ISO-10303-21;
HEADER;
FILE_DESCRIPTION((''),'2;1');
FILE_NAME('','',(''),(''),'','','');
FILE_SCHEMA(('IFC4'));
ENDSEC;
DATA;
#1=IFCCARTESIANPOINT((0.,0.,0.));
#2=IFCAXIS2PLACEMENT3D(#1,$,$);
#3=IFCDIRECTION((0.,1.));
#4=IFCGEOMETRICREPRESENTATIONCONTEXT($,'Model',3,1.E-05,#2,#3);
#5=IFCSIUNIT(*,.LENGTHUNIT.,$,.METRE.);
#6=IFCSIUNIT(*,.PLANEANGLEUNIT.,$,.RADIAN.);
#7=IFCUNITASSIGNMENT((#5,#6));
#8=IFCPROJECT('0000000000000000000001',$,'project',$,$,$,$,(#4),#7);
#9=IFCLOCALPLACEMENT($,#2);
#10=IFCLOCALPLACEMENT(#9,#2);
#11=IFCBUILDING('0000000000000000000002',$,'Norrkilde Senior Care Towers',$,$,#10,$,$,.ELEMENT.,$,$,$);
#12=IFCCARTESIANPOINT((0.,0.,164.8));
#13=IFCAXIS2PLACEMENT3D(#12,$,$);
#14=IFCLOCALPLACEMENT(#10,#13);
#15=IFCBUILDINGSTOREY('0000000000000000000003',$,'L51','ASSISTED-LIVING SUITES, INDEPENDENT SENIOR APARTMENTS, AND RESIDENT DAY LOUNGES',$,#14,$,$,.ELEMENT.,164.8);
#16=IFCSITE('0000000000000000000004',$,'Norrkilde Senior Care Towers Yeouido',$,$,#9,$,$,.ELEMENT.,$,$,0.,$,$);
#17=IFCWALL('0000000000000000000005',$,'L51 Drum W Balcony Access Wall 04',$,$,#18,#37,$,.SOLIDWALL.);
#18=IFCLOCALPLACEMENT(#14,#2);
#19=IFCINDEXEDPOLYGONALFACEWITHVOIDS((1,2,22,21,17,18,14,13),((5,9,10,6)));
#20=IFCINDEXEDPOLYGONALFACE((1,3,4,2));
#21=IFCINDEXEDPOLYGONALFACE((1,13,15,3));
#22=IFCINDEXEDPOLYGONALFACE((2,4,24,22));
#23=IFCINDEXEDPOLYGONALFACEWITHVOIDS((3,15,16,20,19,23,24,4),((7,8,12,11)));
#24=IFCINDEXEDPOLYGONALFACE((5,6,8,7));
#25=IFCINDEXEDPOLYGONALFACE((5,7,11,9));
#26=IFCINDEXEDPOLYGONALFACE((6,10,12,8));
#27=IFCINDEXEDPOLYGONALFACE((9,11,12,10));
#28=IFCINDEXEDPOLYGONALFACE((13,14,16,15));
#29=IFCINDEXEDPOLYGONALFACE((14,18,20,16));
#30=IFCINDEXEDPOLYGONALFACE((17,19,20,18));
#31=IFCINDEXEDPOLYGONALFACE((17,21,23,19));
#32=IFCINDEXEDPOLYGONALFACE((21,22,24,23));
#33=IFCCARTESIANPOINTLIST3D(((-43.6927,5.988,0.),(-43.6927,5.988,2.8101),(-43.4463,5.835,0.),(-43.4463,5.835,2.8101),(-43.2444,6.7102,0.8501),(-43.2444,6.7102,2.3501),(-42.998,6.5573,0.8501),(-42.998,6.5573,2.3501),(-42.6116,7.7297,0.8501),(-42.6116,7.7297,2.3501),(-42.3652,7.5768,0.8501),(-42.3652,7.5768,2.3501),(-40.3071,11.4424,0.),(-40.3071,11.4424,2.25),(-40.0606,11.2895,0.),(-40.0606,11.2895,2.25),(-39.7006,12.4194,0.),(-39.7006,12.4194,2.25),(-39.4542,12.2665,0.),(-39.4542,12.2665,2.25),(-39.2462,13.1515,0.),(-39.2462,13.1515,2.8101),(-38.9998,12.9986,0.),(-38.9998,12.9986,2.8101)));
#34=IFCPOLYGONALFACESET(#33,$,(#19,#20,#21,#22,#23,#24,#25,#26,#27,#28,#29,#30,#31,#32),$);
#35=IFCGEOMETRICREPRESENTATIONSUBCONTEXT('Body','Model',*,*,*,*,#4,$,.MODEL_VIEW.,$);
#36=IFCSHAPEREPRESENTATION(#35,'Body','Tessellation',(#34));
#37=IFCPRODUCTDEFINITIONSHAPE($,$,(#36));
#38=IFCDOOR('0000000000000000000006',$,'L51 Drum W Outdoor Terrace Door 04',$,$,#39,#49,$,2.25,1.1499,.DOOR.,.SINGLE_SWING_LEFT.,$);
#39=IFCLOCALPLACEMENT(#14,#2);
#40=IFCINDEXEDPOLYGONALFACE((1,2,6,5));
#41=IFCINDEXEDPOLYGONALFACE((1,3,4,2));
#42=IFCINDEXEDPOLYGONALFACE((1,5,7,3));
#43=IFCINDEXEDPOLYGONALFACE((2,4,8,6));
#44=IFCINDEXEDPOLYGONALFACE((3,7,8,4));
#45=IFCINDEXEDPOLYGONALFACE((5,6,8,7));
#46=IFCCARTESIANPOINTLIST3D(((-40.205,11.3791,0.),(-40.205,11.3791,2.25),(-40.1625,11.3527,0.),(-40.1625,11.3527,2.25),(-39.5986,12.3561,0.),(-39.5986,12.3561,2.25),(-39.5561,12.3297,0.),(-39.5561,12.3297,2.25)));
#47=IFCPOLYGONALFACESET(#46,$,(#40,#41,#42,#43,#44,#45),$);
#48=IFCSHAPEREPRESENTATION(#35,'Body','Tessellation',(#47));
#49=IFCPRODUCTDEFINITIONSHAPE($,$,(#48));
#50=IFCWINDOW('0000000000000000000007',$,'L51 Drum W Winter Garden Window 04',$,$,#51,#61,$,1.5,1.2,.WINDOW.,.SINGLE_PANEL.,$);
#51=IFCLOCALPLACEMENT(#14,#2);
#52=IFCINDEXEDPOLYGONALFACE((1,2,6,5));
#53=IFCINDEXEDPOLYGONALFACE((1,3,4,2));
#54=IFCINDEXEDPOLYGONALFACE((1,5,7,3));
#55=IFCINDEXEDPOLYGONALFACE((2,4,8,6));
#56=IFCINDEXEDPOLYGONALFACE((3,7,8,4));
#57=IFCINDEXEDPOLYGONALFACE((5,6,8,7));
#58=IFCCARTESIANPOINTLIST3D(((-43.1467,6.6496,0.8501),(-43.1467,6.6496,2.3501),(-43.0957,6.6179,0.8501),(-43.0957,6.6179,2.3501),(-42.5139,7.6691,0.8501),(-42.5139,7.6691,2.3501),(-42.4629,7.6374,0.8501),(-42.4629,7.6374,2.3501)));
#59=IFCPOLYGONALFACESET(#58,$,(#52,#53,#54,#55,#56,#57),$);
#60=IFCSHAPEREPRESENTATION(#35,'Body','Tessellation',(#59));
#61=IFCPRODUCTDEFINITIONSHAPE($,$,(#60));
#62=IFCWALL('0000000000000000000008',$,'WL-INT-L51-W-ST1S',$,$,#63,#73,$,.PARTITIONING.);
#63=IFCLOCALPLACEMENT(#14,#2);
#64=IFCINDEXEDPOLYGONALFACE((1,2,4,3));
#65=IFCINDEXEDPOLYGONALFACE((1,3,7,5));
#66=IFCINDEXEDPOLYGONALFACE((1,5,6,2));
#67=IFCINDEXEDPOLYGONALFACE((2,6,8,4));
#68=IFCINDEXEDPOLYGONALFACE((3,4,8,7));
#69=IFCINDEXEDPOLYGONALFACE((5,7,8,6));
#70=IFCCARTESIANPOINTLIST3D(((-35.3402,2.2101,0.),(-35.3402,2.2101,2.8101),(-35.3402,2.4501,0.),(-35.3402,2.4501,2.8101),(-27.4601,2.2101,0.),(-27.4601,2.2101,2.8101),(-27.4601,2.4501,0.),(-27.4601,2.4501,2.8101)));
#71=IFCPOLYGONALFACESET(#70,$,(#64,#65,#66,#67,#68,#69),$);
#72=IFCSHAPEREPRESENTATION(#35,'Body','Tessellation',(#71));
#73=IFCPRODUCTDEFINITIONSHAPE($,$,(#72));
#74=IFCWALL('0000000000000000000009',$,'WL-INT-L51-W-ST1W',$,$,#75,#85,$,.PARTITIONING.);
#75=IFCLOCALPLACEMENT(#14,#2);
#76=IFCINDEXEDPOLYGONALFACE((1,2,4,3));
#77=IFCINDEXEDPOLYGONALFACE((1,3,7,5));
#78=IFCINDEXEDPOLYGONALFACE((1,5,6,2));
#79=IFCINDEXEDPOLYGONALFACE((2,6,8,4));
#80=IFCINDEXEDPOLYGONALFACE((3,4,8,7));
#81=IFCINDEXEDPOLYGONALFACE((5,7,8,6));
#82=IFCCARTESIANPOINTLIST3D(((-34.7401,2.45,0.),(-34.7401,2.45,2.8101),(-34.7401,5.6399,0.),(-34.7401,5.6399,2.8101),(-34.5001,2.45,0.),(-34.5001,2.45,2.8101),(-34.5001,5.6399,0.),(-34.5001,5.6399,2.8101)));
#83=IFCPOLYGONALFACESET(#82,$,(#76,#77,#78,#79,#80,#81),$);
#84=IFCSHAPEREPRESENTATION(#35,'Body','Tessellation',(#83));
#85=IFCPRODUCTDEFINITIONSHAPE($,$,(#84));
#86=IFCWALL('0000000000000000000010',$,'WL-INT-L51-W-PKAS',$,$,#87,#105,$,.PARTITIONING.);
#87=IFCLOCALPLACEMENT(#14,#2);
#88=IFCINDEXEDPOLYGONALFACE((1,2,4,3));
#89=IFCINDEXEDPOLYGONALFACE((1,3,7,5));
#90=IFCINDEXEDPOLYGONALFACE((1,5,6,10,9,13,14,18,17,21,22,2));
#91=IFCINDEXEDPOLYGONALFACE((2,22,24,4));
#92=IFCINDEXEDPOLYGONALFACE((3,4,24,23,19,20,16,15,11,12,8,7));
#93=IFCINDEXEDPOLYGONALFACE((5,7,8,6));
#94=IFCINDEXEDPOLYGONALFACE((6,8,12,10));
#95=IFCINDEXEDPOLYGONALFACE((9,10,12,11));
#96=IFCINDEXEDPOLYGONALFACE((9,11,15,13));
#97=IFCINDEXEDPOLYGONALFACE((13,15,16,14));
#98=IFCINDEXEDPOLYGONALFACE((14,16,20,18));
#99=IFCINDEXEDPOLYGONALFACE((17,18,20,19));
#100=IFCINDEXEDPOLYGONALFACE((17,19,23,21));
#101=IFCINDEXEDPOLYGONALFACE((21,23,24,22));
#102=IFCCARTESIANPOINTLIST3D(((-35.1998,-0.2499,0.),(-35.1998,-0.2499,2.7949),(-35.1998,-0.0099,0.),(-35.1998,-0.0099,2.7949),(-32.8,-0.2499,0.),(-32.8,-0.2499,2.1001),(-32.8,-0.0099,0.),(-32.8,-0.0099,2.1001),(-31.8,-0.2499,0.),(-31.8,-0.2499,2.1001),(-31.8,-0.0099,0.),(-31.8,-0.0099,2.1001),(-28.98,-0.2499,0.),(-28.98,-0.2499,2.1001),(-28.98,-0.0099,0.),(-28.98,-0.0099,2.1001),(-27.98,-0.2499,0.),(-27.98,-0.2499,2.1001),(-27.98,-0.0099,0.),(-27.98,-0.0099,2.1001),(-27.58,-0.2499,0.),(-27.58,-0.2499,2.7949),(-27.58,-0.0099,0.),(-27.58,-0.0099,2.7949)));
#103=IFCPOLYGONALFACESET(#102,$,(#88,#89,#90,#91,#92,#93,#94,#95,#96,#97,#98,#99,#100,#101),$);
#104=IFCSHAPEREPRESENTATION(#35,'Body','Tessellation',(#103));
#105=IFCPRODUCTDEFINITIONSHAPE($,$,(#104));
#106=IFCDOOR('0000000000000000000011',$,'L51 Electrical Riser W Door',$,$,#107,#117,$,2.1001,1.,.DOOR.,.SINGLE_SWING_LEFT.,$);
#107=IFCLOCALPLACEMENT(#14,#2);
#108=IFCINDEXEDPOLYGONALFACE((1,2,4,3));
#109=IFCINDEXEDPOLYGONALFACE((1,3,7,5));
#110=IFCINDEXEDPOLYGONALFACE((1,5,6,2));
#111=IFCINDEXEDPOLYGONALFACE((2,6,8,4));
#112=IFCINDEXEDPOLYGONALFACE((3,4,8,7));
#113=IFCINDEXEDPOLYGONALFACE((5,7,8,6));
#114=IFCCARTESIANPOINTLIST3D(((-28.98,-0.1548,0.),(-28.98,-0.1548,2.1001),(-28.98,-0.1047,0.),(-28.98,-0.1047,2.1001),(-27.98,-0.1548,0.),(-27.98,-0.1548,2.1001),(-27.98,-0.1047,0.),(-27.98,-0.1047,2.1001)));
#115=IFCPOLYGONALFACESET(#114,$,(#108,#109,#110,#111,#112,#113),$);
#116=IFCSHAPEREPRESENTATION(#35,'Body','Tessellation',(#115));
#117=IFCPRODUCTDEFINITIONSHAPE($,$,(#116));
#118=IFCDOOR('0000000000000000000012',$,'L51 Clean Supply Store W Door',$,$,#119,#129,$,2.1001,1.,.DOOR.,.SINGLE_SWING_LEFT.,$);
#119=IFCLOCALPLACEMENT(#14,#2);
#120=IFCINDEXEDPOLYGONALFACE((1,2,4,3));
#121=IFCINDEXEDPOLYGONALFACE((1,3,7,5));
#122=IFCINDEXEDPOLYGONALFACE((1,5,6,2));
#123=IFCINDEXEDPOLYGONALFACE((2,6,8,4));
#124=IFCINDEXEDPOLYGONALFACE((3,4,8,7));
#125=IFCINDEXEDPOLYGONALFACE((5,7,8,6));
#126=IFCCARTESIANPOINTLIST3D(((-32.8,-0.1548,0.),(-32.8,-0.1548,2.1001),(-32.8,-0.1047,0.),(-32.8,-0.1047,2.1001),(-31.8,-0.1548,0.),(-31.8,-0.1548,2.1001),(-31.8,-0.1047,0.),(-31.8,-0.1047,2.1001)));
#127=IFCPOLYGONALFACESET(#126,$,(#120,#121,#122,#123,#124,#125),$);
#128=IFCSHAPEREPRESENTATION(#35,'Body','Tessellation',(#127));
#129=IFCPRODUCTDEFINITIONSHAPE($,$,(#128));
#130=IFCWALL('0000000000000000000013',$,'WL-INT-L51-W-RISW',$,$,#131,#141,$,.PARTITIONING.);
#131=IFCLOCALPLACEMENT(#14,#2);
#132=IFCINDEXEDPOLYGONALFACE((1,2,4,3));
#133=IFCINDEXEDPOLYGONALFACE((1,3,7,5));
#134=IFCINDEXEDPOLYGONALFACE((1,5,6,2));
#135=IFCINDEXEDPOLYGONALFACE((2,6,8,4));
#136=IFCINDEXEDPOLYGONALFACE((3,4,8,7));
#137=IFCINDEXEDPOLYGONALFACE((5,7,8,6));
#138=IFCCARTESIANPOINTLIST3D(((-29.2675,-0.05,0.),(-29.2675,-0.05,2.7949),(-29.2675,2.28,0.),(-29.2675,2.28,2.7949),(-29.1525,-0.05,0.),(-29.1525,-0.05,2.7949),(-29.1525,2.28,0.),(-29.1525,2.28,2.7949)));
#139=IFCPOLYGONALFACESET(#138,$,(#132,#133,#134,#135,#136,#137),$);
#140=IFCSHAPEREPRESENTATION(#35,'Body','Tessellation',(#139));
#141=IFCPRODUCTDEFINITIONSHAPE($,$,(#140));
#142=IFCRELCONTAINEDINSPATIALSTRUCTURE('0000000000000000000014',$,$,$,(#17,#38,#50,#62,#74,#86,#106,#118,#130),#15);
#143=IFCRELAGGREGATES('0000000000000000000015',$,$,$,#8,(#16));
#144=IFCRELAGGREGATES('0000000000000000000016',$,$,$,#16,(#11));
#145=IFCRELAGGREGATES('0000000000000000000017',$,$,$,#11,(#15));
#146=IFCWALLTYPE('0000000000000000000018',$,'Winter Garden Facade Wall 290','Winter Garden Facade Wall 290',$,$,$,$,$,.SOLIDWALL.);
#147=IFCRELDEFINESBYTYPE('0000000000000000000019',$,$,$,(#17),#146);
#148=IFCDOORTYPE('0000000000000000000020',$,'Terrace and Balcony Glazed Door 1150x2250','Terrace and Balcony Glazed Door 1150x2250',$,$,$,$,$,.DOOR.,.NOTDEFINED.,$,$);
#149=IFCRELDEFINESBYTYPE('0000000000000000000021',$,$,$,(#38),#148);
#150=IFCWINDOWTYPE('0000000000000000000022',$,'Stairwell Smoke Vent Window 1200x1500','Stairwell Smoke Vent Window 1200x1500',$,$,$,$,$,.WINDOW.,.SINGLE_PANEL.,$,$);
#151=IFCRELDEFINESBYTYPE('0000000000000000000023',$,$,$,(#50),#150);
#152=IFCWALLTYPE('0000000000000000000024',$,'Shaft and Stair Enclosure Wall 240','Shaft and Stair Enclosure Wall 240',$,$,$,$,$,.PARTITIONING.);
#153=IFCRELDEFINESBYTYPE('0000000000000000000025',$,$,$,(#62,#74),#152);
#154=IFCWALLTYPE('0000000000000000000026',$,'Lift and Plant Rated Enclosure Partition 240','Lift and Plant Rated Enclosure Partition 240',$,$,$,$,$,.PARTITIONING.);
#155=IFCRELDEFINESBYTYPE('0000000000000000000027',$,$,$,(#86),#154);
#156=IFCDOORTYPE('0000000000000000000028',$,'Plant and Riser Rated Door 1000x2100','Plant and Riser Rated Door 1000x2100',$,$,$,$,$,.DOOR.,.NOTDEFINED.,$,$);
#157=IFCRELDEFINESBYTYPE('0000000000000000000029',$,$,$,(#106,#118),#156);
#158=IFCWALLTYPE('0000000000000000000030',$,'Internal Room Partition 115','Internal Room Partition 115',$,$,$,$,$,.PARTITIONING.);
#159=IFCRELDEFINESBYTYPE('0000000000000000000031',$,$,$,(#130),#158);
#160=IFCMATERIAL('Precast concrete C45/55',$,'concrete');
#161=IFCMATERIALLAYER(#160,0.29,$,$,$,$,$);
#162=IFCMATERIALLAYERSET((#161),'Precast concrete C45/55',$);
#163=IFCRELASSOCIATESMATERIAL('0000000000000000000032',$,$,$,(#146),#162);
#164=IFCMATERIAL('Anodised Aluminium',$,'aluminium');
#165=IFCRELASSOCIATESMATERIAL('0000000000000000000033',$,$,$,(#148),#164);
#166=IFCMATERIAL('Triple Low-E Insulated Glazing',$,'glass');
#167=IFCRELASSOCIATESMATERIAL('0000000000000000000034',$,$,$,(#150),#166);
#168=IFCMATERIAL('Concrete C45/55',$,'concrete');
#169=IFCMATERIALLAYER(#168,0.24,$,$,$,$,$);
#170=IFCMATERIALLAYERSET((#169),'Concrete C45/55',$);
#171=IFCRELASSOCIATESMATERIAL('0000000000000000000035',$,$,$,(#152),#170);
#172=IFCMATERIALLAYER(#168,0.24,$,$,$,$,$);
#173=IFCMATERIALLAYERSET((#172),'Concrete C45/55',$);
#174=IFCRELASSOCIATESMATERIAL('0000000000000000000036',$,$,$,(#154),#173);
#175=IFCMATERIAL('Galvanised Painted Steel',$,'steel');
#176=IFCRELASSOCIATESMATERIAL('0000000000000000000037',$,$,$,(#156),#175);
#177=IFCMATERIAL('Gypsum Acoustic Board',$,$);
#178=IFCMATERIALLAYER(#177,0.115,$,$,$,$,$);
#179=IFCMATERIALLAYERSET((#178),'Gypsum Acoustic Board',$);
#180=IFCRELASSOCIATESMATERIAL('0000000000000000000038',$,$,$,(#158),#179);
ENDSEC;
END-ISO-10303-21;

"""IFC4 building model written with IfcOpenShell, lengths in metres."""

from ifc_helpers import new_model, si_unit, direction, frame, frame_2d, origin, place, context, subcontext, project, spatial, rectangle, extrude, source, transform, mapped, material, layer, layer_set, type_object, type_shapes, element, fill, save


model = new_model("IFC4")

# Units and contexts
model_context = context("Model", 3, precision=1e-05, world=origin(), true_north=direction((0.0, 1.0)))
body_context = subcontext(model_context, "Body", "Model", "MODEL_VIEW")
ifc_project = project(units=[si_unit("LENGTHUNIT", "METRE"), si_unit("PLANEANGLEUNIT", "RADIAN")], contexts=[model_context])

# Site, building, storey
site_placement = place(None, origin())
site = spatial("IfcSite", under=ifc_project, at=site_placement, Name="Norrkilde Senior Care Towers Yeouido", CompositionType="ELEMENT", RefElevation=0.0)
building_placement = place(site_placement, origin())
building = spatial("IfcBuilding", under=site, at=building_placement, Name="Norrkilde Senior Care Towers", CompositionType="ELEMENT")
storey_placement = place(building_placement, frame((0.0, 0.0, 164.8)))
storey = spatial("IfcBuildingStorey", under=building, at=storey_placement, Name="L51", Description="ASSISTED-LIVING SUITES, INDEPENDENT SENIOR APARTMENTS, AND RESIDENT DAY LOUNGES", CompositionType="ELEMENT", Elevation=164.8)

# Shared definitions
ifc_material_1 = material(Name="Triple Low-E Insulated Glazing", Category="glass")
ifc_material_2 = material(Name="Anodised Aluminium", Category="aluminium")

# Wall, openings, door, window
ifc_material_3 = material(Name="Precast concrete C45/55", Category="concrete")
ifc_layer_1 = layer(ifc_material_3, 0.29)
ifc_layer_set_1 = layer_set([ifc_layer_1], Name="Precast concrete C45/55")
wall_type_1 = type_object("IfcWallType", Name="Winter Garden Facade Wall 290", Description="Winter Garden Facade Wall 290", PredefinedType="SOLIDWALL", material=ifc_layer_set_1)
shared_shape_1 = source(origin(), body_context, "Body", "SweptSolid", [
    extrude(rectangle(XDim=8.4314, YDim=0.29, at=frame_2d((4.2158, 0.0))), origin(), (0.0, 0.0, 1.0), 2.8101),
])
type_shapes(wall_type_1, [shared_shape_1])
wall_1_placement = place(storey_placement, frame((-43.5696, 5.9114, 0.0), z_axis=(0.0, 0.0, 1.0), x_axis=(0.527378, 0.849631, 0.0)))
wall_1 = element("IfcWall", 1, at=wall_1_placement, inside=storey, type_object=wall_type_1, Name="L51 Drum W Balcony Access Wall 04", PredefinedType="SOLIDWALL", context=body_context, shape_type="MappedRepresentation", body=[
    mapped(shared_shape_1, transform((0.0, 0.0, 0.0), x_axis=(1.0, 0.0, 0.0), y_axis=(0.0, 1.0, 0.0), z_axis=(0.0, 0.0, 1.0), scale=1.0)),
])
opening_1_placement = place(wall_1_placement, frame((6.4199, 0.0, 0.0)))
opening_1 = element("IfcOpeningElement", 2, at=opening_1_placement, cuts=wall_1, PredefinedType="OPENING", context=body_context, shape_type="SweptSolid", body=[
    extrude(rectangle(XDim=1.1499, YDim=2.25, at=frame_2d((0.575, 1.125))), frame((0.0, 0.155, 0.0), z_axis=(0.0, -1.0, 0.0), x_axis=(1.0, 0.0, 0.0)), (0.0, 0.0, 1.0), 0.3101),
])
opening_2_placement = place(wall_1_placement, frame((0.8501, 0.0, 0.8501)))
opening_2 = element("IfcOpeningElement", 3, at=opening_2_placement, cuts=wall_1, PredefinedType="OPENING", context=body_context, shape_type="SweptSolid", body=[
    extrude(rectangle(XDim=1.2, YDim=1.5, at=frame_2d((0.6001, 0.75))), frame((0.0, 0.155, 0.0), z_axis=(0.0, -1.0, 0.0), x_axis=(1.0, 0.0, 0.0)), (0.0, 0.0, 1.0), 0.3101),
])
door_type_1 = type_object("IfcDoorType", Name="Terrace and Balcony Glazed Door 1150x2250", Description="Terrace and Balcony Glazed Door 1150x2250", OperationType="NOTDEFINED", PredefinedType="DOOR", material=ifc_material_2)
shared_shape_2 = source(origin(), body_context, "Body", "SweptSolid", [
    extrude(rectangle(XDim=1.1499, YDim=2.25, at=frame_2d((0.575, 1.125))), frame((0.0, 0.0249, 0.0), z_axis=(0.0, -1.0, 0.0), x_axis=(1.0, 0.0, 0.0)), (0.0, 0.0, 1.0), 0.05),
])
type_shapes(door_type_1, [shared_shape_2])
door_1_placement = place(opening_1_placement, origin())
door_1 = element("IfcDoor", 4, at=door_1_placement, inside=storey, type_object=door_type_1, Name="L51 Drum W Outdoor Terrace Door 04", OperationType="SINGLE_SWING_LEFT", OverallHeight=2.25, OverallWidth=1.1499, PredefinedType="DOOR", context=body_context, shape_type="MappedRepresentation", body=[
    mapped(shared_shape_2, transform((0.0, 0.0, 0.0), x_axis=(1.0, 0.0, 0.0), y_axis=(0.0, 1.0, 0.0), z_axis=(0.0, 0.0, 1.0), scale=1.0)),
])
fill(opening_1, door_1)
window_type = type_object("IfcWindowType", Name="Stairwell Smoke Vent Window 1200x1500", Description="Stairwell Smoke Vent Window 1200x1500", PartitioningType="SINGLE_PANEL", PredefinedType="WINDOW", material=ifc_material_1)
shared_shape_3 = source(origin(), body_context, "Body", "SweptSolid", [
    extrude(rectangle(XDim=1.2, YDim=1.5, at=frame_2d((0.6001, 0.75))), frame((0.0, 0.03, 0.0), z_axis=(0.0, -1.0, 0.0), x_axis=(1.0, 0.0, 0.0)), (0.0, 0.0, 1.0), 0.0601),
])
type_shapes(window_type, [shared_shape_3])
window_placement = place(opening_2_placement, origin())
window = element("IfcWindow", 5, at=window_placement, inside=storey, type_object=window_type, Name="L51 Drum W Winter Garden Window 04", OverallHeight=1.5, OverallWidth=1.2, PartitioningType="SINGLE_PANEL", PredefinedType="WINDOW", context=body_context, shape_type="MappedRepresentation", body=[
    mapped(shared_shape_3, transform((0.0, 0.0, 0.0), x_axis=(1.0, 0.0, 0.0), y_axis=(0.0, 1.0, 0.0), z_axis=(0.0, 0.0, 1.0), scale=1.0)),
])
fill(opening_2, window)

# Walls
ifc_material_4 = material(Name="Concrete C45/55", Category="concrete")
ifc_layer_2 = layer(ifc_material_4, 0.24)
ifc_layer_set_2 = layer_set([ifc_layer_2], Name="Concrete C45/55")
wall_type_2 = type_object("IfcWallType", Name="Shaft and Stair Enclosure Wall 240", Description="Shaft and Stair Enclosure Wall 240", PredefinedType="PARTITIONING", material=ifc_layer_set_2)
shared_shape_4 = source(origin(), body_context, "Body", "SweptSolid", [
    extrude(rectangle(XDim=7.8801, YDim=0.24, at=frame_2d((3.9399, 0.0))), origin(), (0.0, 0.0, 1.0), 2.8101),
])
wall_2_placement = place(storey_placement, frame((-35.3401, 2.3301, 0.0), z_axis=(0.0, 0.0, 1.0), x_axis=(1.0, 0.0, 0.0)))
element("IfcWall", 6, at=wall_2_placement, inside=storey, type_object=wall_type_2, Name="WL-INT-L51-W-ST1S", PredefinedType="PARTITIONING", context=body_context, shape_type="MappedRepresentation", body=[
    mapped(shared_shape_4, transform((0.0, 0.0, 0.0), x_axis=(1.0, 0.0, 0.0), y_axis=(0.0, 1.0, 0.0), z_axis=(0.0, 0.0, 1.0), scale=1.0)),
])
shared_shape_5 = source(origin(), body_context, "Body", "SweptSolid", [
    extrude(rectangle(XDim=3.1899, YDim=0.24, at=frame_2d((1.595, 0.0))), origin(), (0.0, 0.0, 1.0), 2.8101),
])
type_shapes(wall_type_2, [shared_shape_4, shared_shape_5])
wall_3_placement = place(storey_placement, frame((-34.6201, 2.45, 0.0), z_axis=(0.0, 0.0, 1.0), x_axis=(0.0, 1.0, 0.0)))
element("IfcWall", 7, at=wall_3_placement, inside=storey, type_object=wall_type_2, Name="WL-INT-L51-W-ST1W", PredefinedType="PARTITIONING", context=body_context, shape_type="MappedRepresentation", body=[
    mapped(shared_shape_5, transform((0.0, 0.0, 0.0), x_axis=(1.0, 0.0, 0.0), y_axis=(0.0, 1.0, 0.0), z_axis=(0.0, 0.0, 1.0), scale=1.0)),
])

# Wall, openings, doors
ifc_layer_3 = layer(ifc_material_4, 0.24)
ifc_layer_set_3 = layer_set([ifc_layer_3], Name="Concrete C45/55")
wall_type_3 = type_object("IfcWallType", Name="Lift and Plant Rated Enclosure Partition 240", Description="Lift and Plant Rated Enclosure Partition 240", PredefinedType="PARTITIONING", material=ifc_layer_set_3)
shared_shape_6 = source(origin(), body_context, "Body", "SweptSolid", [
    extrude(rectangle(XDim=7.6199, YDim=0.24, at=frame_2d((3.8101, 0.0))), origin(), (0.0, 0.0, 1.0), 2.7949),
])
type_shapes(wall_type_3, [shared_shape_6])
wall_4_placement = place(storey_placement, frame((-35.2, -0.1299, 0.0), z_axis=(0.0, 0.0, 1.0), x_axis=(1.0, 0.0, 0.0)))
wall_4 = element("IfcWall", 8, at=wall_4_placement, inside=storey, type_object=wall_type_3, Name="WL-INT-L51-W-PKAS", PredefinedType="PARTITIONING", context=body_context, shape_type="MappedRepresentation", body=[
    mapped(shared_shape_6, transform((0.0, 0.0, 0.0), x_axis=(1.0, 0.0, 0.0), y_axis=(0.0, 1.0, 0.0), z_axis=(0.0, 0.0, 1.0), scale=1.0)),
])
opening_3_placement = place(wall_4_placement, frame((6.22, 0.0, 0.0)))
opening_3 = element("IfcOpeningElement", 9, at=opening_3_placement, cuts=wall_4, PredefinedType="OPENING", context=body_context, shape_type="SweptSolid", body=[
    extrude(rectangle(XDim=1.0, YDim=2.1001, at=frame_2d((0.5, 1.05))), frame((0.0, 0.1299, 0.0), z_axis=(0.0, -1.0, 0.0), x_axis=(1.0, 0.0, 0.0)), (0.0, 0.0, 1.0), 0.26),
])
opening_4_placement = place(wall_4_placement, frame((2.3999, 0.0, 0.0)))
opening_4 = element("IfcOpeningElement", 10, at=opening_4_placement, cuts=wall_4, PredefinedType="OPENING", context=body_context, shape_type="SweptSolid", body=[
    extrude(rectangle(XDim=1.0, YDim=2.1001, at=frame_2d((0.5, 1.05))), frame((0.0, 0.1299, 0.0), z_axis=(0.0, -1.0, 0.0), x_axis=(1.0, 0.0, 0.0)), (0.0, 0.0, 1.0), 0.26),
])
ifc_material_5 = material(Name="Galvanised Painted Steel", Category="steel")
door_type_2 = type_object("IfcDoorType", Name="Plant and Riser Rated Door 1000x2100", Description="Plant and Riser Rated Door 1000x2100", OperationType="NOTDEFINED", PredefinedType="DOOR", material=ifc_material_5)
shared_shape_7 = source(origin(), body_context, "Body", "SweptSolid", [
    extrude(rectangle(XDim=1.0, YDim=2.1001, at=frame_2d((0.5, 1.05))), frame((0.0, 0.0249, 0.0), z_axis=(0.0, -1.0, 0.0), x_axis=(1.0, 0.0, 0.0)), (0.0, 0.0, 1.0), 0.05),
])
type_shapes(door_type_2, [shared_shape_7])
door_2_placement = place(opening_3_placement, frame((1.0, 0.0, 0.0), z_axis=(0.0, 0.0, 1.0), x_axis=(-1.0, 0.0, 0.0)))
door_2 = element("IfcDoor", 11, at=door_2_placement, inside=storey, type_object=door_type_2, Name="L51 Electrical Riser W Door", OperationType="SINGLE_SWING_LEFT", OverallHeight=2.1001, OverallWidth=1.0, PredefinedType="DOOR", context=body_context, shape_type="MappedRepresentation", body=[
    mapped(shared_shape_7, transform((0.0, 0.0, 0.0), x_axis=(1.0, 0.0, 0.0), y_axis=(0.0, 1.0, 0.0), z_axis=(0.0, 0.0, 1.0), scale=1.0)),
])
fill(opening_3, door_2)
door_3_placement = place(opening_4_placement, frame((1.0, 0.0, 0.0), z_axis=(0.0, 0.0, 1.0), x_axis=(-1.0, 0.0, 0.0)))
door_3 = element("IfcDoor", 12, at=door_3_placement, inside=storey, type_object=door_type_2, Name="L51 Clean Supply Store W Door", OperationType="SINGLE_SWING_LEFT", OverallHeight=2.1001, OverallWidth=1.0, PredefinedType="DOOR", context=body_context, shape_type="MappedRepresentation", body=[
    mapped(shared_shape_7, transform((0.0, 0.0, 0.0), x_axis=(1.0, 0.0, 0.0), y_axis=(0.0, 1.0, 0.0), z_axis=(0.0, 0.0, 1.0), scale=1.0)),
])
fill(opening_4, door_3)

# Wall
ifc_material_6 = material(Name="Gypsum Acoustic Board")
ifc_layer_4 = layer(ifc_material_6, 0.115)
ifc_layer_set_4 = layer_set([ifc_layer_4], Name="Gypsum Acoustic Board")
wall_type_4 = type_object("IfcWallType", Name="Internal Room Partition 115", Description="Internal Room Partition 115", PredefinedType="PARTITIONING", material=ifc_layer_set_4)
shared_shape_8 = source(origin(), body_context, "Body", "SweptSolid", [
    extrude(rectangle(XDim=2.3301, YDim=0.115, at=frame_2d((1.165, 0.0))), origin(), (0.0, 0.0, 1.0), 2.7949),
])
type_shapes(wall_type_4, [shared_shape_8])
wall_5_placement = place(storey_placement, frame((-29.21, -0.05, 0.0), z_axis=(0.0, 0.0, 1.0), x_axis=(0.0, 1.0, 0.0)))
element("IfcWall", 13, at=wall_5_placement, inside=storey, type_object=wall_type_4, Name="WL-INT-L51-W-RISW", PredefinedType="PARTITIONING", context=body_context, shape_type="MappedRepresentation", body=[
    mapped(shared_shape_8, transform((0.0, 0.0, 0.0), x_axis=(1.0, 0.0, 0.0), y_axis=(0.0, 1.0, 0.0), z_axis=(0.0, 0.0, 1.0), scale=1.0)),
])

save(model, "model.ifc")
